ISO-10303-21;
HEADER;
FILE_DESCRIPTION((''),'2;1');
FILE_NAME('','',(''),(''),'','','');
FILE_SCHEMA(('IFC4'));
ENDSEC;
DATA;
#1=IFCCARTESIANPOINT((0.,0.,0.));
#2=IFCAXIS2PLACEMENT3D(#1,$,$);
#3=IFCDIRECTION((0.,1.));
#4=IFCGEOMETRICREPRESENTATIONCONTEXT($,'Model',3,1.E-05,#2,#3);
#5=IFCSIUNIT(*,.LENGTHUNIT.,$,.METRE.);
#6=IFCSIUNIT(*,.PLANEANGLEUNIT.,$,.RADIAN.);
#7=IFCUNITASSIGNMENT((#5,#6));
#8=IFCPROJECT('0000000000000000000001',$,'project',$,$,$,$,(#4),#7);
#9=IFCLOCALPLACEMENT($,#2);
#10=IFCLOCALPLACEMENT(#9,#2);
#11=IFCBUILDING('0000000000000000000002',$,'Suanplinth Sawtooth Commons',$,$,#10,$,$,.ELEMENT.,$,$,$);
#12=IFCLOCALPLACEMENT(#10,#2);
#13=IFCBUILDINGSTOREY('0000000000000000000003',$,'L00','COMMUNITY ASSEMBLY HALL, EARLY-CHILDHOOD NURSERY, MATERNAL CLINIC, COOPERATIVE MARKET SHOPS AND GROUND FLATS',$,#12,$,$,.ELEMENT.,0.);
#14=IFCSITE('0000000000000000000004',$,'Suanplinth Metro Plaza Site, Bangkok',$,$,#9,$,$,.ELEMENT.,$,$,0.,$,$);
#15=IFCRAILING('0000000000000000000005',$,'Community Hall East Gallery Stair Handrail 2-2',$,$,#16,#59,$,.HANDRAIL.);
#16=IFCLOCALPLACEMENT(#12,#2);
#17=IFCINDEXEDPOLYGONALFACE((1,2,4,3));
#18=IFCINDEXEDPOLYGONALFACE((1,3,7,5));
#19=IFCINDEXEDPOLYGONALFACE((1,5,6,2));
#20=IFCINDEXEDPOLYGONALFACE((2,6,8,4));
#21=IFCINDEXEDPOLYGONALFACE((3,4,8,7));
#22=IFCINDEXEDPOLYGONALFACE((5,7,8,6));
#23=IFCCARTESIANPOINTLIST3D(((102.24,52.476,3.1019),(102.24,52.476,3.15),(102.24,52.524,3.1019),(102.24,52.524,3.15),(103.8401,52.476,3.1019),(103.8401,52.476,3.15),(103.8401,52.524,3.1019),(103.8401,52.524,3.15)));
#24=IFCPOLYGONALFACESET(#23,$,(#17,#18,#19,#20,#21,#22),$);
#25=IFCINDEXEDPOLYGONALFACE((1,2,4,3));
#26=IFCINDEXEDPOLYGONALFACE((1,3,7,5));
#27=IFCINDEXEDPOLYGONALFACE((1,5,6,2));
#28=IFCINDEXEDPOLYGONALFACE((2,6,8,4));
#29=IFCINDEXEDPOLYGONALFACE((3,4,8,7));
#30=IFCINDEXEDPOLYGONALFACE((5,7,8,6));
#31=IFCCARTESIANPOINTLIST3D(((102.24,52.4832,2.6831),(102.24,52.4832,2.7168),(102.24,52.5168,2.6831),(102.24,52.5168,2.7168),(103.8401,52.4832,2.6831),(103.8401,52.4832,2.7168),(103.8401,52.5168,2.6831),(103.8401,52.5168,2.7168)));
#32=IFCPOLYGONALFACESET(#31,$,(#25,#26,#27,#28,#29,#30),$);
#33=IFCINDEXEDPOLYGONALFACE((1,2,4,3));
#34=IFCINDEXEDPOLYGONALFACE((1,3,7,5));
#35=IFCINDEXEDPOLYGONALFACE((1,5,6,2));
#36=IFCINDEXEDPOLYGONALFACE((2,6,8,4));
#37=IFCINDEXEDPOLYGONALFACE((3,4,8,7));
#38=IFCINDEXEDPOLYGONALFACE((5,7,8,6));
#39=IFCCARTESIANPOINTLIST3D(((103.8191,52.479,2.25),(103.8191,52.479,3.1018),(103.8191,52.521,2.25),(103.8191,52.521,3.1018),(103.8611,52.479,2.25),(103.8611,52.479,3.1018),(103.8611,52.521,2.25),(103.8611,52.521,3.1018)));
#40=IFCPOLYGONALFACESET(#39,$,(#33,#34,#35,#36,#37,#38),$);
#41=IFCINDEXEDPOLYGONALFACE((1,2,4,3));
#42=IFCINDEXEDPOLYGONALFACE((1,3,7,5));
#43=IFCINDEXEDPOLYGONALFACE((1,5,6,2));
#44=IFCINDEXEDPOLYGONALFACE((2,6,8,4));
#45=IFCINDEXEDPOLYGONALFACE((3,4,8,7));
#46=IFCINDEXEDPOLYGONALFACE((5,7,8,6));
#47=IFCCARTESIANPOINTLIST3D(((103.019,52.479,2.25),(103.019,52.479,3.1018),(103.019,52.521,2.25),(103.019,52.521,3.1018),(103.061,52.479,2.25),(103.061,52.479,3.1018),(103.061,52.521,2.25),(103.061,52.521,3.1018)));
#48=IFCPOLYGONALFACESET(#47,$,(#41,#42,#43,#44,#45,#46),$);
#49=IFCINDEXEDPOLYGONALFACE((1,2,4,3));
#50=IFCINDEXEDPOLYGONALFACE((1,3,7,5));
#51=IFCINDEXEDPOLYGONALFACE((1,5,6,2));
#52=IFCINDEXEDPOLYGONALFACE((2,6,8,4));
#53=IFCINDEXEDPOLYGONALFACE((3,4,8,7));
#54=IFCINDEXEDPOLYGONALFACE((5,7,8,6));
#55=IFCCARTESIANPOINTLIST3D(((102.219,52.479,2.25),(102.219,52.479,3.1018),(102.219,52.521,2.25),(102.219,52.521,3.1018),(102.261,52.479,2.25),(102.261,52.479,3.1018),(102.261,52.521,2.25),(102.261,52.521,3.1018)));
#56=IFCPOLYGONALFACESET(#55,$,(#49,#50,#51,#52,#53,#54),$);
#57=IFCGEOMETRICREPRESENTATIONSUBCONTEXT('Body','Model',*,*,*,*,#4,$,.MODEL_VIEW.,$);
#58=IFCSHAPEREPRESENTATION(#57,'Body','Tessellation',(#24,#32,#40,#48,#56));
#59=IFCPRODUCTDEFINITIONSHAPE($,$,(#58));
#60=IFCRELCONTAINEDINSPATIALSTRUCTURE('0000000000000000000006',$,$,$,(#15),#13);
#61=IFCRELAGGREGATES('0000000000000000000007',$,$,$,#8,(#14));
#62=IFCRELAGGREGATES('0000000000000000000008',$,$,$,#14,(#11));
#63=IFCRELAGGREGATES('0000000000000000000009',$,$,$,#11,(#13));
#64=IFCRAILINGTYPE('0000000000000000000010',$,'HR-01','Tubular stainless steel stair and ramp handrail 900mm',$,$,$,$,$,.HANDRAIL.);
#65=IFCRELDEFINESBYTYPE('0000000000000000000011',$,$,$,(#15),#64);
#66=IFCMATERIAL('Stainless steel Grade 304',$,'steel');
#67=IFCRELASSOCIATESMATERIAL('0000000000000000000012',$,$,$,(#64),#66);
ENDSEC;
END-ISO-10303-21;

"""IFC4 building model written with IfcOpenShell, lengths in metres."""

from ifc_helpers import new_model, si_unit, direction, frame, origin, origin_2d, place, context, subcontext, project, spatial, rectangle, extrude, material, type_object, element, save


model = new_model("IFC4")

# Units and contexts
model_context = context("Model", 3, precision=1e-05, world=origin(), true_north=direction((0.0, 1.0)))
body_context = subcontext(model_context, "Body", "Model", "MODEL_VIEW")
ifc_project = project(units=[si_unit("LENGTHUNIT", "METRE"), si_unit("PLANEANGLEUNIT", "RADIAN")], contexts=[model_context])

# Site, building, storey
site_placement = place(None, origin())
site = spatial("IfcSite", under=ifc_project, at=site_placement, Name="Suanplinth Metro Plaza Site, Bangkok", CompositionType="ELEMENT", RefElevation=0.0)
building_placement = place(site_placement, origin())
building = spatial("IfcBuilding", under=site, at=building_placement, Name="Suanplinth Sawtooth Commons", CompositionType="ELEMENT")
storey_placement = place(building_placement, origin())
storey = spatial("IfcBuildingStorey", under=building, at=storey_placement, Name="L00", Description="COMMUNITY ASSEMBLY HALL, EARLY-CHILDHOOD NURSERY, MATERNAL CLINIC, COOPERATIVE MARKET SHOPS AND GROUND FLATS", CompositionType="ELEMENT", Elevation=0.0)

# Railing
ifc_material_1 = material(Name="Stainless steel Grade 304", Category="steel")
railing_type_1 = type_object("IfcRailingType", Name="HR-01", Description="Tubular stainless steel stair and ramp handrail 900mm", PredefinedType="HANDRAIL", material=ifc_material_1)
railing_1_placement = place(storey_placement, frame((103.8401, 52.5, 2.25)))
element("IfcRailing", 1, at=railing_1_placement, inside=storey, type_object=railing_type_1, Name="Community Hall East Gallery Stair Handrail 2-2", PredefinedType="HANDRAIL", context=body_context, shape_type="SweptSolid", body=[
    extrude(rectangle(XDim=0.0481, YDim=0.0481, at=origin_2d()), frame((0.0, 0.0, 0.876), z_axis=(-1.0, 0.0, 0.0), x_axis=(0.0, -1.0, 0.0)), (0.0, 0.0, 1.0), 1.6001),
    extrude(rectangle(XDim=0.0337, YDim=0.0337, at=origin_2d()), frame((0.0, 0.0, 0.45), z_axis=(-1.0, 0.0, 0.0), x_axis=(0.0, -1.0, 0.0)), (0.0, 0.0, 1.0), 1.6001),
    extrude(rectangle(XDim=0.042, YDim=0.042, at=origin_2d()), origin(), (0.0, 0.0, 1.0), 0.8518),
    extrude(rectangle(XDim=0.042, YDim=0.042, at=origin_2d()), frame((-0.8, 0.0, 0.0)), (0.0, 0.0, 1.0), 0.8518),
    extrude(rectangle(XDim=0.042, YDim=0.042, at=origin_2d()), frame((-1.6001, 0.0, 0.0)), (0.0, 0.0, 1.0), 0.8518),
])

save(model, "model.ifc")
